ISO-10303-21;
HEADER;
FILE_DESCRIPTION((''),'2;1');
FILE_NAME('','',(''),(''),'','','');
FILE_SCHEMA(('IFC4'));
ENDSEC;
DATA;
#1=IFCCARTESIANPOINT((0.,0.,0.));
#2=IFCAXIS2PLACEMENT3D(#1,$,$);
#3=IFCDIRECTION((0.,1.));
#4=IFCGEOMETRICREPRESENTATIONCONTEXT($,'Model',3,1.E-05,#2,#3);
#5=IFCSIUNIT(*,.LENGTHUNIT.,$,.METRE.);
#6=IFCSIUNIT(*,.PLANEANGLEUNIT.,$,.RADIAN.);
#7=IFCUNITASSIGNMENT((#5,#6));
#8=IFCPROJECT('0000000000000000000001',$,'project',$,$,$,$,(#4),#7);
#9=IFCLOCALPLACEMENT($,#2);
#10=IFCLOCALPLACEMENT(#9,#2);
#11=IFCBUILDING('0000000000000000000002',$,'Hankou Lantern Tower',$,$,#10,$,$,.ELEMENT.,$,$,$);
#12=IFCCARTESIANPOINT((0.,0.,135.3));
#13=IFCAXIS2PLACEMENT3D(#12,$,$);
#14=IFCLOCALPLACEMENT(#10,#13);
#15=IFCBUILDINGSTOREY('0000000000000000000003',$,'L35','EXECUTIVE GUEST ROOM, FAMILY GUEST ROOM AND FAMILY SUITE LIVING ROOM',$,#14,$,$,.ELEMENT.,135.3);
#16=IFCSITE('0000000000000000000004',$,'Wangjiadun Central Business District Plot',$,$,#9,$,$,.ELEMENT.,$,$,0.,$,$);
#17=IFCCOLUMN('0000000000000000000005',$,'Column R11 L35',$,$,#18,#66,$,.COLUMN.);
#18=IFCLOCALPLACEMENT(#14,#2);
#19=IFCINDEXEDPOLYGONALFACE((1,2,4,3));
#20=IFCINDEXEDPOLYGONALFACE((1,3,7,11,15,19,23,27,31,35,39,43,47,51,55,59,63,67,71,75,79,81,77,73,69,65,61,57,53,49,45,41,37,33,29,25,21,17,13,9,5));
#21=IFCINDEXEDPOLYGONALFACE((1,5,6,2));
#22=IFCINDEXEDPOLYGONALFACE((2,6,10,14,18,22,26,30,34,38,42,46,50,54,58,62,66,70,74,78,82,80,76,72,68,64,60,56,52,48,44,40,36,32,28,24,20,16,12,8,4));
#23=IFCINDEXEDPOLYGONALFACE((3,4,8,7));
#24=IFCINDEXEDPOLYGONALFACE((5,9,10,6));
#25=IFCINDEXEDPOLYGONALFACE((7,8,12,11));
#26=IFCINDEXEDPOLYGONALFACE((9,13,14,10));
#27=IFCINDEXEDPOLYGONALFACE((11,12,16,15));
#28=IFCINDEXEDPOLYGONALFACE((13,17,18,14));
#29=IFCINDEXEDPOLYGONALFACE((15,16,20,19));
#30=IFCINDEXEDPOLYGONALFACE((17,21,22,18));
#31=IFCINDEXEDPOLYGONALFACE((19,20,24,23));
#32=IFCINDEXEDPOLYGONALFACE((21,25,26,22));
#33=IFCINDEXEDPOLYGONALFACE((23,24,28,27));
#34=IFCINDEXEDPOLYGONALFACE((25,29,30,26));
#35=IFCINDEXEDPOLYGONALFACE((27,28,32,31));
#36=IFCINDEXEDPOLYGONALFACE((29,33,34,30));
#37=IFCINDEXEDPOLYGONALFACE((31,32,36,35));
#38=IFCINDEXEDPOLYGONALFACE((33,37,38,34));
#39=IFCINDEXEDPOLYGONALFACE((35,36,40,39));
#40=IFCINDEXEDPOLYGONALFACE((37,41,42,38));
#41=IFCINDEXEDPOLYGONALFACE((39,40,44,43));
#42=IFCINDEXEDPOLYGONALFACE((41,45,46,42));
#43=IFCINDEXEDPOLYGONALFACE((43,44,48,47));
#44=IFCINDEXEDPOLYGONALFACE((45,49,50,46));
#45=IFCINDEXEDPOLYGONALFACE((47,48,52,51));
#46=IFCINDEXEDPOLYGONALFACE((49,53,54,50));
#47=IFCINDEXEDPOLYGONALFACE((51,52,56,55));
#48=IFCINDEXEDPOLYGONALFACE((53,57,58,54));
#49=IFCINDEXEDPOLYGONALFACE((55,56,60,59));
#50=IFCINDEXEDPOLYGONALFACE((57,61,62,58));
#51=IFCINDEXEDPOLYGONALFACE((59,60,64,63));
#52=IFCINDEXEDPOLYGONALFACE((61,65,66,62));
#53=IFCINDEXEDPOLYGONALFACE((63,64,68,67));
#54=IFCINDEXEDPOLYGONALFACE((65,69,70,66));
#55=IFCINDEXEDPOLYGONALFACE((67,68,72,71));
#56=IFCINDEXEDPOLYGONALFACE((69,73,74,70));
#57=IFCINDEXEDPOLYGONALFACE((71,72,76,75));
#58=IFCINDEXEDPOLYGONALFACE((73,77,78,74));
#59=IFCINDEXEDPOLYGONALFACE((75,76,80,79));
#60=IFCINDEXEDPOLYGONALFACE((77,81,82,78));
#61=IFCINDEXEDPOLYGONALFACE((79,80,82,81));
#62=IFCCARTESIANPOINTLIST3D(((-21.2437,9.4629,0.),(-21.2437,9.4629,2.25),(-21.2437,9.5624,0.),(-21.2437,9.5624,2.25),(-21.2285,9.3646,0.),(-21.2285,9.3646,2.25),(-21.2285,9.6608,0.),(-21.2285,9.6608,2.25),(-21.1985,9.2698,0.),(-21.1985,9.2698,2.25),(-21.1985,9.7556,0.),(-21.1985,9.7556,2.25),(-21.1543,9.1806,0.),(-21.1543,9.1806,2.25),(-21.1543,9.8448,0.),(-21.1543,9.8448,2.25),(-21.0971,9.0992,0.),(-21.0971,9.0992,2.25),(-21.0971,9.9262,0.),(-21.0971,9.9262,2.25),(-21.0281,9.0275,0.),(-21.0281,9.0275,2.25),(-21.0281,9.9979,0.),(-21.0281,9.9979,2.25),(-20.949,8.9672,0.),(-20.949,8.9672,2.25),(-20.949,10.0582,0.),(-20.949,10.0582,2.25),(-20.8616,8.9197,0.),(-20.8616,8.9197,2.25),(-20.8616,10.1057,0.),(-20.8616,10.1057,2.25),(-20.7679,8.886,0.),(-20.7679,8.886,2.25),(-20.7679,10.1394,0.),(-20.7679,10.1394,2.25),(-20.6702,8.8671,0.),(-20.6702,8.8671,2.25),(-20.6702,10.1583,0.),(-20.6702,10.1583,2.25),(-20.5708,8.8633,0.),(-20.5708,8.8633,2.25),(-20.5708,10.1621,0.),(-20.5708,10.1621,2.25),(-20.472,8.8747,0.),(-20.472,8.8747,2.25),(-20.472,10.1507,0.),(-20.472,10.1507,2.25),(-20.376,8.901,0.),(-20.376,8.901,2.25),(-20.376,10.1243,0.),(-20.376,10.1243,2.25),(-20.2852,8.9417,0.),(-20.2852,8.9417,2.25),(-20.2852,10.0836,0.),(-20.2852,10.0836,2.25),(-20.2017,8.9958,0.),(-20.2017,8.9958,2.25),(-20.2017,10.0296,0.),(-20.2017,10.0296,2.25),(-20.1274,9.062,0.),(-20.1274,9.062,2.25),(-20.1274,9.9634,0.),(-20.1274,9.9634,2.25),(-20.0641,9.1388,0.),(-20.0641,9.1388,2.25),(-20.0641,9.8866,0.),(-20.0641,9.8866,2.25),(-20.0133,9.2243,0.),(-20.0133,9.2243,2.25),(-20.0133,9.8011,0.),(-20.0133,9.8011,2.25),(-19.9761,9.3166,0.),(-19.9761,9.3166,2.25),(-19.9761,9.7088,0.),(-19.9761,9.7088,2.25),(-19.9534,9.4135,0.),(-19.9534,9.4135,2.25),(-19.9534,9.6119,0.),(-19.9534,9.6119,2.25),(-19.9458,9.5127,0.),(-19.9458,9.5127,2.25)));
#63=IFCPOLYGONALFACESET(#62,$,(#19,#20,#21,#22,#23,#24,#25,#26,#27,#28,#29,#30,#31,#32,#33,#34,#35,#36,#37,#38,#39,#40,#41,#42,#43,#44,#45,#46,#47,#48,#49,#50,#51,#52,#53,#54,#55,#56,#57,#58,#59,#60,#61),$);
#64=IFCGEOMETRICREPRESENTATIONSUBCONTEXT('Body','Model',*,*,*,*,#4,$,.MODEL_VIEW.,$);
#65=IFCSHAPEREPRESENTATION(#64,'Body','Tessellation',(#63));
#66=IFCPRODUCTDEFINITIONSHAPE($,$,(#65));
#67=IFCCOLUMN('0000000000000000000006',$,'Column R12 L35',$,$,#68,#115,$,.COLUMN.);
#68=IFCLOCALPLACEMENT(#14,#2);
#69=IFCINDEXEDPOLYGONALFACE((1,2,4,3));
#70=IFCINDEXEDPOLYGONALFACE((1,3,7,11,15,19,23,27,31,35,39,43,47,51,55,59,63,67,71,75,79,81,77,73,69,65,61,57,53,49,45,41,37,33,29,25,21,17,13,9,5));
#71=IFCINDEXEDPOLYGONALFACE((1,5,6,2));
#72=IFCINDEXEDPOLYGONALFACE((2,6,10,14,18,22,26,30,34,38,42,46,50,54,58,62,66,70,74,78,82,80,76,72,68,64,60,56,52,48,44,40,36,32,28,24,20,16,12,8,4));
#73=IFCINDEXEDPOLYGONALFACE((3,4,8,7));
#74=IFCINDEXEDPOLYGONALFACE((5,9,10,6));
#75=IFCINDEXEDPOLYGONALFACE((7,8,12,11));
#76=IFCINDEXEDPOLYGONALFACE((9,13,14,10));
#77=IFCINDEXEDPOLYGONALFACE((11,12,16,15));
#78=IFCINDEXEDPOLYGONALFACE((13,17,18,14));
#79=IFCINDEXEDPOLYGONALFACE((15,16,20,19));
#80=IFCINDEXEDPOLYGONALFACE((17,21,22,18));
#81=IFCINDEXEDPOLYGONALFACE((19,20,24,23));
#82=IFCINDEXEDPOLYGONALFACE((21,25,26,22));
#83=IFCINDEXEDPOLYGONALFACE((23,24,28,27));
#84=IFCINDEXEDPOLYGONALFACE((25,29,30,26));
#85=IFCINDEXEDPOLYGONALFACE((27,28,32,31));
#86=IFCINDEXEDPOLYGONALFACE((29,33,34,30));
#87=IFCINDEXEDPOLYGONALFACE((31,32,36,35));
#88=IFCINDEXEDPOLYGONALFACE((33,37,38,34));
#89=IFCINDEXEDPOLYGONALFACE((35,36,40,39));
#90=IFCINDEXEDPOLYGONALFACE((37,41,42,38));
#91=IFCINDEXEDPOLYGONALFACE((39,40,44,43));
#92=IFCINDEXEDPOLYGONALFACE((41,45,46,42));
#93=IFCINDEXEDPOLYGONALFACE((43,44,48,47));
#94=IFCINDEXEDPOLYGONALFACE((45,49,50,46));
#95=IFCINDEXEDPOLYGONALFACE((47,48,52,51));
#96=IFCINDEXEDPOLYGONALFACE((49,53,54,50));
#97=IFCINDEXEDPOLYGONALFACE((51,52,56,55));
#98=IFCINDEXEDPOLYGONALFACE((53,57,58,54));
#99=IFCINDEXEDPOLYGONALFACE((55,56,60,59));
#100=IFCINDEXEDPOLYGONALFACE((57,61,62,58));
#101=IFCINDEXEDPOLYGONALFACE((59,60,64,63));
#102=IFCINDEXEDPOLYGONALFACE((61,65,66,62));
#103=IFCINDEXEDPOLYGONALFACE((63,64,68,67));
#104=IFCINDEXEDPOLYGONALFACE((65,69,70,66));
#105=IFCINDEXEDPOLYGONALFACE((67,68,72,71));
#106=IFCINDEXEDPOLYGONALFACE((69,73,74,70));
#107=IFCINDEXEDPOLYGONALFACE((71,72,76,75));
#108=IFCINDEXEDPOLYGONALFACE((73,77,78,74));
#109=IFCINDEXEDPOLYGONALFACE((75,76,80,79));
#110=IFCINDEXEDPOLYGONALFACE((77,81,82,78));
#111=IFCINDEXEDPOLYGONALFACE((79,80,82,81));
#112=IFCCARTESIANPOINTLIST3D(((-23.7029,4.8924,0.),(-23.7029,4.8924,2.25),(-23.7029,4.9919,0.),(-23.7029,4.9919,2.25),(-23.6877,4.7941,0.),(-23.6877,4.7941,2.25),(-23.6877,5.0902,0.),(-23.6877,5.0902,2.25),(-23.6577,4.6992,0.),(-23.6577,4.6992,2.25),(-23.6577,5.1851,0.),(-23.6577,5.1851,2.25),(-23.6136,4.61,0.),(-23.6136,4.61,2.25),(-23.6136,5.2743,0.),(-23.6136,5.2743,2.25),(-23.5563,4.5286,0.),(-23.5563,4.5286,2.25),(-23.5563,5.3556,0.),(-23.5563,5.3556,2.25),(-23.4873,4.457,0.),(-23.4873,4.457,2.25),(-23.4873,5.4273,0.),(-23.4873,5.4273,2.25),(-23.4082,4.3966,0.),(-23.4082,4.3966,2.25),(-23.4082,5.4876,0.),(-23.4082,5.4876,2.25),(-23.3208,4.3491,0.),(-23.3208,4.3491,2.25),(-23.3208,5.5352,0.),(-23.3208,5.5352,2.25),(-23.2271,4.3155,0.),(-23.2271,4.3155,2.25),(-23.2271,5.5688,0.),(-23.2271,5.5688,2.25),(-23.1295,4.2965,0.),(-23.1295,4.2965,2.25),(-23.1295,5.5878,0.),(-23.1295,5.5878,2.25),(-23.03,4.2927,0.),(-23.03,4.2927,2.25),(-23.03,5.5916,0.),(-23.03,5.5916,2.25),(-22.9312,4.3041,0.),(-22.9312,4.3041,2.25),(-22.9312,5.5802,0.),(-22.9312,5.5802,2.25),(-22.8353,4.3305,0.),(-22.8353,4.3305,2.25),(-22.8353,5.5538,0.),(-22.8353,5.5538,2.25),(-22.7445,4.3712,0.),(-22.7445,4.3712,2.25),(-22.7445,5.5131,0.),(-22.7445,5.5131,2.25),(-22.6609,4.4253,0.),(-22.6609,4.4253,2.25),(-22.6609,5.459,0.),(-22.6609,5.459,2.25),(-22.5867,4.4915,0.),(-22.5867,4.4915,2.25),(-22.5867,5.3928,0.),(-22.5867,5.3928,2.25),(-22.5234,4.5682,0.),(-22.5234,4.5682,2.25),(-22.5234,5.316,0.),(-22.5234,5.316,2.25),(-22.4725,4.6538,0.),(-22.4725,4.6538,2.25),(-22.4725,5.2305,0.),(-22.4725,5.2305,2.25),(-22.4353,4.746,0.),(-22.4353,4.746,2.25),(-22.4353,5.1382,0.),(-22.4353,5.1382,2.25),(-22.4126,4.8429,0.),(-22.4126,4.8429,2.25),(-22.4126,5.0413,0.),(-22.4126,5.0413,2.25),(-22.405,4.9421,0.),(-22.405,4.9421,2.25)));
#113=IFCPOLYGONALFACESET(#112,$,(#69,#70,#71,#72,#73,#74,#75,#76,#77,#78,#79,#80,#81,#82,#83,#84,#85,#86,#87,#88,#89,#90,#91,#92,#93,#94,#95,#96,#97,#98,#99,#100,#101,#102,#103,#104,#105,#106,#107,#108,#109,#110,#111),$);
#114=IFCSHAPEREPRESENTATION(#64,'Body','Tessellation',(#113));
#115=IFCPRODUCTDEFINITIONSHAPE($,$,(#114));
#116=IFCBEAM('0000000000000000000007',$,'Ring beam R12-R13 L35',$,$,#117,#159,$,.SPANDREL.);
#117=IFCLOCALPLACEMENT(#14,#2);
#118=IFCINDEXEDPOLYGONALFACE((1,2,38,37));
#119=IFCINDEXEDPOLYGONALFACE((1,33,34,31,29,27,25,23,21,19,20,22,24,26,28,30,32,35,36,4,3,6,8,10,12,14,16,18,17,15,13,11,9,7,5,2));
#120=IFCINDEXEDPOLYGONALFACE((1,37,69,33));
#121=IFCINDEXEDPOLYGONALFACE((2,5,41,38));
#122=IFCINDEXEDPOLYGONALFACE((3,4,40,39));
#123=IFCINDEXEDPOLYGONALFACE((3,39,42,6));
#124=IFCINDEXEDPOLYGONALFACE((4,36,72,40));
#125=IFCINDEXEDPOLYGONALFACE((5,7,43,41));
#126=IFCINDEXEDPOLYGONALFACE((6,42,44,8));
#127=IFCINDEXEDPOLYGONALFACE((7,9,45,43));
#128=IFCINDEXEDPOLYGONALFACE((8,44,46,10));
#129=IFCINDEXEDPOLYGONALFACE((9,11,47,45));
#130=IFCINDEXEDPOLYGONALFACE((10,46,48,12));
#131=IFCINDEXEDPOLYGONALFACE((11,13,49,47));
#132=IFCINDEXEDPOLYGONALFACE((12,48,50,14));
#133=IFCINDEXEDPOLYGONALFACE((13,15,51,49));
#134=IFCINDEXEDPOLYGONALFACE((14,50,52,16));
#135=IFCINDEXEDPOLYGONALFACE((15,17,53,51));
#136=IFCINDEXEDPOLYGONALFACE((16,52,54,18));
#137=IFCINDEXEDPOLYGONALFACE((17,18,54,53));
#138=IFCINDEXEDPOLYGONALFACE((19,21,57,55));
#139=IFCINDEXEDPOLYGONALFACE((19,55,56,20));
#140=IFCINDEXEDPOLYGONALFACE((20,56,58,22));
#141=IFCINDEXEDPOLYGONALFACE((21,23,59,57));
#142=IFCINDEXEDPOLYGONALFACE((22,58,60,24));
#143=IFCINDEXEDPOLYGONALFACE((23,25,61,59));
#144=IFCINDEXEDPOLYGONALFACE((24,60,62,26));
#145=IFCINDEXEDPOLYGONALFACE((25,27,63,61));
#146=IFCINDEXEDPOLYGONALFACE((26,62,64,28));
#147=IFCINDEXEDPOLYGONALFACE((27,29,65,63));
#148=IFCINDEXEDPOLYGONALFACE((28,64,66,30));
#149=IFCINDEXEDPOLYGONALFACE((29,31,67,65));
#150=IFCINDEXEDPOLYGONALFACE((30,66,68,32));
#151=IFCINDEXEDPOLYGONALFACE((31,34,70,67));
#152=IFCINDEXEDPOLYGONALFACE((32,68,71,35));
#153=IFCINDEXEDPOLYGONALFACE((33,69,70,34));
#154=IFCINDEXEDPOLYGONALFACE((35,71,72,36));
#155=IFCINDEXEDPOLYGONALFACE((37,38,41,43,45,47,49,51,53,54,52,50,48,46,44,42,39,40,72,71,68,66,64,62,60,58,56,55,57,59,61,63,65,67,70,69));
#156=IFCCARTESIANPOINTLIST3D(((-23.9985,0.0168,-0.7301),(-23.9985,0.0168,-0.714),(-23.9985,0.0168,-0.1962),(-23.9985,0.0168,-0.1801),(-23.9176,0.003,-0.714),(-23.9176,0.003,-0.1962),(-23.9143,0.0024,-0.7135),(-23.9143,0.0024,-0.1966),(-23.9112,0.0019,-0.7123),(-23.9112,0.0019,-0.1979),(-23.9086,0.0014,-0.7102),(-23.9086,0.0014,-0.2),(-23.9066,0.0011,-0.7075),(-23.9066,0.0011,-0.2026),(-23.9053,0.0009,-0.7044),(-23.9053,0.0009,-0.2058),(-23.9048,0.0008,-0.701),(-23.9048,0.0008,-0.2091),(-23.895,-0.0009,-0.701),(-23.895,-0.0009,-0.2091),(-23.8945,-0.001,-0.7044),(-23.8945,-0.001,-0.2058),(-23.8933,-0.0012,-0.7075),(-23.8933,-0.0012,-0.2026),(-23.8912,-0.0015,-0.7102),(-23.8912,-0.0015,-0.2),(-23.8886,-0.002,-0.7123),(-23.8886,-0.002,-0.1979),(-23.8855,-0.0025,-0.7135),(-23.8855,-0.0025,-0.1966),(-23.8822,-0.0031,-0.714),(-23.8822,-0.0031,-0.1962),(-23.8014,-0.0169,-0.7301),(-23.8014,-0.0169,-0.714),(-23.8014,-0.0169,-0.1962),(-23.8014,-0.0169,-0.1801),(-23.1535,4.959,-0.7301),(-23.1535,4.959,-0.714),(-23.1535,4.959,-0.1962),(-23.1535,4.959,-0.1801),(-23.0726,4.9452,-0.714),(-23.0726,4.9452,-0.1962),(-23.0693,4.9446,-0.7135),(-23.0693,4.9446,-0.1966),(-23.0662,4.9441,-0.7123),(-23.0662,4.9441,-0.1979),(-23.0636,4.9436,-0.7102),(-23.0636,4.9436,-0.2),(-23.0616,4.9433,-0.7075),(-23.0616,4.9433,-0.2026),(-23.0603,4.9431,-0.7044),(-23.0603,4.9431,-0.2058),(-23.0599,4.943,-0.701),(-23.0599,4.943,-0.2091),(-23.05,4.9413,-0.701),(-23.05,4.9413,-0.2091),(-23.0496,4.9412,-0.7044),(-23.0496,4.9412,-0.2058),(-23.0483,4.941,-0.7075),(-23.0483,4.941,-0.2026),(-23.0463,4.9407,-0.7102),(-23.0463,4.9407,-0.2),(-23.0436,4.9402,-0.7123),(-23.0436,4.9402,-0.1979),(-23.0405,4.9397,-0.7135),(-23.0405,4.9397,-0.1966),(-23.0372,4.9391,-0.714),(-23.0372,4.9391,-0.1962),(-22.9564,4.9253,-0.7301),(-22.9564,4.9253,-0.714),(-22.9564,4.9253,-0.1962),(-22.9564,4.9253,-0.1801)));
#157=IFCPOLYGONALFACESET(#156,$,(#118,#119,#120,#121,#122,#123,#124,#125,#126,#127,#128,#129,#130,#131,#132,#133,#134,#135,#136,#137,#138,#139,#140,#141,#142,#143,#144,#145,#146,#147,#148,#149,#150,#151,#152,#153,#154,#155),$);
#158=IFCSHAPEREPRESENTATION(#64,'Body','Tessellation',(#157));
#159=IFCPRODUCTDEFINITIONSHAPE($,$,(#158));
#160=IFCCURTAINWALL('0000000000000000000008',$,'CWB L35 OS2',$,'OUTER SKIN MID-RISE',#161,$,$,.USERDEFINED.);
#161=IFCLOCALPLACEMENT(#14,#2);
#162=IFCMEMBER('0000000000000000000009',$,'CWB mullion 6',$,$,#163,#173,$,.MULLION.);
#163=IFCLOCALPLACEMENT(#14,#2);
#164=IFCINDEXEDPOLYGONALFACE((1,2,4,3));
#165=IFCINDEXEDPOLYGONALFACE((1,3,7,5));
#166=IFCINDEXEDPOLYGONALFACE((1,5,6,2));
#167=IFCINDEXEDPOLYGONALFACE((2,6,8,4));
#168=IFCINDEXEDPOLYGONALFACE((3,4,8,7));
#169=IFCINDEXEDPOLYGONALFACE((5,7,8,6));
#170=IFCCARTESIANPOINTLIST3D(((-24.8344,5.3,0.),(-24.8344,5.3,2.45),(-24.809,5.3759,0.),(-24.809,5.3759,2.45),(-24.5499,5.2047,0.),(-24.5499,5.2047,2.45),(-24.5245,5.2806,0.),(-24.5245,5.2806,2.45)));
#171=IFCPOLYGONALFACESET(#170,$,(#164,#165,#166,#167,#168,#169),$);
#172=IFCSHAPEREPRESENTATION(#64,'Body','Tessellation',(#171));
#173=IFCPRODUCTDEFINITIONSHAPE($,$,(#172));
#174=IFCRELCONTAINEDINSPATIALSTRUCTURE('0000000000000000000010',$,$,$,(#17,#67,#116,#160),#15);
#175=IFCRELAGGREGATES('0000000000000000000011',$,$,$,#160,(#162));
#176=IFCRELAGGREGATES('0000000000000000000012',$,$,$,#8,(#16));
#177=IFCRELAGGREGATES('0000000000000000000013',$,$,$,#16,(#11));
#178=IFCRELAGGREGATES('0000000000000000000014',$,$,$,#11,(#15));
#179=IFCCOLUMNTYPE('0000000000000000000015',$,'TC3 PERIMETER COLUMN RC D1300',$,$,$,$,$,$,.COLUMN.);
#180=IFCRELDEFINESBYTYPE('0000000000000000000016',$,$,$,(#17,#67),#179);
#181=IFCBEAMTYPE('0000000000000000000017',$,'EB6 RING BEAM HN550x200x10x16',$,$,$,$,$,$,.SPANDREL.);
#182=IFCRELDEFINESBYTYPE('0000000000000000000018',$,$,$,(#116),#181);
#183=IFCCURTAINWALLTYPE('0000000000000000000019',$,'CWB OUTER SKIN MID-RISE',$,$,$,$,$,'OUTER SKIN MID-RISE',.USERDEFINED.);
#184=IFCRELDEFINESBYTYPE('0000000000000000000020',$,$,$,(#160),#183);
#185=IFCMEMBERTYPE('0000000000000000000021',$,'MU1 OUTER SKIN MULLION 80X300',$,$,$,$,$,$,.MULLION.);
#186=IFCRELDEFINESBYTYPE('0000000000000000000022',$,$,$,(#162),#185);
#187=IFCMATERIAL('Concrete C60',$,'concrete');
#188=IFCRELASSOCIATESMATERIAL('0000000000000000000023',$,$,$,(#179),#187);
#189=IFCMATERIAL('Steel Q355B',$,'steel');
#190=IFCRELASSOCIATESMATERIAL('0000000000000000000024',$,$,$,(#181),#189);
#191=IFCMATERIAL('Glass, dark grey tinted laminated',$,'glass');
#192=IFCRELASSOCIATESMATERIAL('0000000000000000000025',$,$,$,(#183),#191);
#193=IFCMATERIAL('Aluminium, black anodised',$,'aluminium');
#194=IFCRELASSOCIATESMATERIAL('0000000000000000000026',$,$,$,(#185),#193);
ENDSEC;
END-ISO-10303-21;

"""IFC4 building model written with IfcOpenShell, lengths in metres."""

from ifc_helpers import new_model, si_unit, direction, frame, origin, origin_2d, place, context, subcontext, project, spatial, rectangle, circle, i_section, extrude, clip, halfspace, material, material_profile, profile_set, type_object, element, aggregate, save


model = new_model("IFC4")

# Units and contexts
model_context = context("Model", 3, precision=1e-05, world=origin(), true_north=direction((0.0, 1.0)))
body_context = subcontext(model_context, "Body", "Model", "MODEL_VIEW")
ifc_project = project(units=[si_unit("LENGTHUNIT", "METRE"), si_unit("PLANEANGLEUNIT", "RADIAN")], contexts=[model_context])

# Site, building, storey
site_placement = place(None, origin())
site = spatial("IfcSite", under=ifc_project, at=site_placement, Name="Wangjiadun Central Business District Plot", CompositionType="ELEMENT", RefElevation=0.0)
building_placement = place(site_placement, origin())
building = spatial("IfcBuilding", under=site, at=building_placement, Name="Hankou Lantern Tower", CompositionType="ELEMENT")
storey_placement = place(building_placement, frame((0.0, 0.0, 135.3)))
storey = spatial("IfcBuildingStorey", under=building, at=storey_placement, Name="L35", Description="EXECUTIVE GUEST ROOM, FAMILY GUEST ROOM AND FAMILY SUITE LIVING ROOM", CompositionType="ELEMENT", Elevation=135.3)

# Columns
ifc_material_1 = material(Name="Concrete C60", Category="concrete")
ifc_material_profile_1 = material_profile(ifc_material_1, circle(Radius=0.6499, at=origin_2d()), Name="RC D1300")
ifc_profile_set_1 = profile_set([ifc_material_profile_1], Name="Concrete C60")
column_type = type_object("IfcColumnType", Name="TC3 PERIMETER COLUMN RC D1300", PredefinedType="COLUMN", material=ifc_profile_set_1)
for number, where, z_axis, x_axis, name in (
    (1, (-20.5957, 9.5127, 0.0), (0.0, 0.0, 1.0), (1.0, 0.0, 0.0), "Column R11 L35"),
    (2, (-23.0549, 4.9421, 0.0), (0.0, 0.0, 1.0), (1.0, 0.0, 0.0), "Column R12 L35"),
):
    element("IfcColumn", number, at=place(storey_placement, frame(where, z_axis=z_axis, x_axis=x_axis)), inside=storey, type_object=column_type, Name=name, PredefinedType="COLUMN", context=body_context, shape_type="Clipping", body=[
        clip(extrude(circle(Radius=0.6499, at=origin_2d()), origin(), (0.0, 0.0, 1.0), 3.3), halfspace(frame((0.0, 0.0, 2.25), z_axis=(0.0, 0.0, 1.0), x_axis=(1.0, 0.0, 0.0)), False)),
    ])

# Beam
ifc_material_2 = material(Name="Steel Q355B", Category="steel")
ifc_material_profile_2 = material_profile(ifc_material_2, i_section(OverallWidth=0.2, OverallDepth=0.55, WebThickness=0.01, FlangeThickness=0.0161, FilletRadius=0.0129, at=origin_2d()), Name="HN550x200x10x16")
ifc_profile_set_2 = profile_set([ifc_material_profile_2], Name="Steel Q355B")
beam_type_1 = type_object("IfcBeamType", Name="EB6 RING BEAM HN550x200x10x16", PredefinedType="SPANDREL", material=ifc_profile_set_2)
beam_1_placement = place(storey_placement, frame((-23.0549, 4.9421, -0.4551), z_axis=(-0.168527, -0.985697, 0.0), x_axis=(0.985697, -0.168527, 0.0)))
element("IfcBeam", 3, at=beam_1_placement, inside=storey, type_object=beam_type_1, Name="Ring beam R12-R13 L35", PredefinedType="SPANDREL", context=body_context, shape_type="SweptSolid", body=[
    extrude(i_section(OverallWidth=0.2, OverallDepth=0.55, WebThickness=0.01, FlangeThickness=0.0161, FilletRadius=0.0129, at=origin_2d()), origin(), (0.0, 0.0, 1.0), 5.0139),
])

# Curtain wall, member
ifc_material_3 = material(Name="Glass, dark grey tinted laminated", Category="glass")
curtain_wall_type = type_object("IfcCurtainWallType", Name="CWB OUTER SKIN MID-RISE", ElementType="OUTER SKIN MID-RISE", PredefinedType="USERDEFINED", material=ifc_material_3)
curtain_wall_placement = place(storey_placement, origin())
curtain_wall = element("IfcCurtainWall", 4, at=curtain_wall_placement, inside=storey, type_object=curtain_wall_type, Name="CWB L35 OS2", ObjectType="OUTER SKIN MID-RISE", PredefinedType="USERDEFINED")
ifc_material_4 = material(Name="Aluminium, black anodised", Category="aluminium")
ifc_material_profile_3 = material_profile(ifc_material_4, rectangle(XDim=0.0801, YDim=0.3, at=origin_2d()), Name="MU1 80X300")
ifc_profile_set_3 = profile_set([ifc_material_profile_3], Name="Aluminium, black anodised")
member_type_1 = type_object("IfcMemberType", Name="MU1 OUTER SKIN MULLION 80X300", PredefinedType="MULLION", material=ifc_profile_set_3)
member_1_placement = place(storey_placement, frame((-24.6794, 5.2903, 0.0), z_axis=(0.0, 0.0, 1.0), x_axis=(-0.317596, -0.948226, 0.0)))
member_1 = element("IfcMember", 5, at=member_1_placement, type_object=member_type_1, Name="CWB mullion 6", PredefinedType="MULLION", context=body_context, shape_type="SweptSolid", body=[
    extrude(rectangle(XDim=0.0801, YDim=0.3, at=origin_2d()), origin(), (0.0, 0.0, 1.0), 2.45),
])

aggregate(curtain_wall, [member_1])

save(model, "model.ifc")
